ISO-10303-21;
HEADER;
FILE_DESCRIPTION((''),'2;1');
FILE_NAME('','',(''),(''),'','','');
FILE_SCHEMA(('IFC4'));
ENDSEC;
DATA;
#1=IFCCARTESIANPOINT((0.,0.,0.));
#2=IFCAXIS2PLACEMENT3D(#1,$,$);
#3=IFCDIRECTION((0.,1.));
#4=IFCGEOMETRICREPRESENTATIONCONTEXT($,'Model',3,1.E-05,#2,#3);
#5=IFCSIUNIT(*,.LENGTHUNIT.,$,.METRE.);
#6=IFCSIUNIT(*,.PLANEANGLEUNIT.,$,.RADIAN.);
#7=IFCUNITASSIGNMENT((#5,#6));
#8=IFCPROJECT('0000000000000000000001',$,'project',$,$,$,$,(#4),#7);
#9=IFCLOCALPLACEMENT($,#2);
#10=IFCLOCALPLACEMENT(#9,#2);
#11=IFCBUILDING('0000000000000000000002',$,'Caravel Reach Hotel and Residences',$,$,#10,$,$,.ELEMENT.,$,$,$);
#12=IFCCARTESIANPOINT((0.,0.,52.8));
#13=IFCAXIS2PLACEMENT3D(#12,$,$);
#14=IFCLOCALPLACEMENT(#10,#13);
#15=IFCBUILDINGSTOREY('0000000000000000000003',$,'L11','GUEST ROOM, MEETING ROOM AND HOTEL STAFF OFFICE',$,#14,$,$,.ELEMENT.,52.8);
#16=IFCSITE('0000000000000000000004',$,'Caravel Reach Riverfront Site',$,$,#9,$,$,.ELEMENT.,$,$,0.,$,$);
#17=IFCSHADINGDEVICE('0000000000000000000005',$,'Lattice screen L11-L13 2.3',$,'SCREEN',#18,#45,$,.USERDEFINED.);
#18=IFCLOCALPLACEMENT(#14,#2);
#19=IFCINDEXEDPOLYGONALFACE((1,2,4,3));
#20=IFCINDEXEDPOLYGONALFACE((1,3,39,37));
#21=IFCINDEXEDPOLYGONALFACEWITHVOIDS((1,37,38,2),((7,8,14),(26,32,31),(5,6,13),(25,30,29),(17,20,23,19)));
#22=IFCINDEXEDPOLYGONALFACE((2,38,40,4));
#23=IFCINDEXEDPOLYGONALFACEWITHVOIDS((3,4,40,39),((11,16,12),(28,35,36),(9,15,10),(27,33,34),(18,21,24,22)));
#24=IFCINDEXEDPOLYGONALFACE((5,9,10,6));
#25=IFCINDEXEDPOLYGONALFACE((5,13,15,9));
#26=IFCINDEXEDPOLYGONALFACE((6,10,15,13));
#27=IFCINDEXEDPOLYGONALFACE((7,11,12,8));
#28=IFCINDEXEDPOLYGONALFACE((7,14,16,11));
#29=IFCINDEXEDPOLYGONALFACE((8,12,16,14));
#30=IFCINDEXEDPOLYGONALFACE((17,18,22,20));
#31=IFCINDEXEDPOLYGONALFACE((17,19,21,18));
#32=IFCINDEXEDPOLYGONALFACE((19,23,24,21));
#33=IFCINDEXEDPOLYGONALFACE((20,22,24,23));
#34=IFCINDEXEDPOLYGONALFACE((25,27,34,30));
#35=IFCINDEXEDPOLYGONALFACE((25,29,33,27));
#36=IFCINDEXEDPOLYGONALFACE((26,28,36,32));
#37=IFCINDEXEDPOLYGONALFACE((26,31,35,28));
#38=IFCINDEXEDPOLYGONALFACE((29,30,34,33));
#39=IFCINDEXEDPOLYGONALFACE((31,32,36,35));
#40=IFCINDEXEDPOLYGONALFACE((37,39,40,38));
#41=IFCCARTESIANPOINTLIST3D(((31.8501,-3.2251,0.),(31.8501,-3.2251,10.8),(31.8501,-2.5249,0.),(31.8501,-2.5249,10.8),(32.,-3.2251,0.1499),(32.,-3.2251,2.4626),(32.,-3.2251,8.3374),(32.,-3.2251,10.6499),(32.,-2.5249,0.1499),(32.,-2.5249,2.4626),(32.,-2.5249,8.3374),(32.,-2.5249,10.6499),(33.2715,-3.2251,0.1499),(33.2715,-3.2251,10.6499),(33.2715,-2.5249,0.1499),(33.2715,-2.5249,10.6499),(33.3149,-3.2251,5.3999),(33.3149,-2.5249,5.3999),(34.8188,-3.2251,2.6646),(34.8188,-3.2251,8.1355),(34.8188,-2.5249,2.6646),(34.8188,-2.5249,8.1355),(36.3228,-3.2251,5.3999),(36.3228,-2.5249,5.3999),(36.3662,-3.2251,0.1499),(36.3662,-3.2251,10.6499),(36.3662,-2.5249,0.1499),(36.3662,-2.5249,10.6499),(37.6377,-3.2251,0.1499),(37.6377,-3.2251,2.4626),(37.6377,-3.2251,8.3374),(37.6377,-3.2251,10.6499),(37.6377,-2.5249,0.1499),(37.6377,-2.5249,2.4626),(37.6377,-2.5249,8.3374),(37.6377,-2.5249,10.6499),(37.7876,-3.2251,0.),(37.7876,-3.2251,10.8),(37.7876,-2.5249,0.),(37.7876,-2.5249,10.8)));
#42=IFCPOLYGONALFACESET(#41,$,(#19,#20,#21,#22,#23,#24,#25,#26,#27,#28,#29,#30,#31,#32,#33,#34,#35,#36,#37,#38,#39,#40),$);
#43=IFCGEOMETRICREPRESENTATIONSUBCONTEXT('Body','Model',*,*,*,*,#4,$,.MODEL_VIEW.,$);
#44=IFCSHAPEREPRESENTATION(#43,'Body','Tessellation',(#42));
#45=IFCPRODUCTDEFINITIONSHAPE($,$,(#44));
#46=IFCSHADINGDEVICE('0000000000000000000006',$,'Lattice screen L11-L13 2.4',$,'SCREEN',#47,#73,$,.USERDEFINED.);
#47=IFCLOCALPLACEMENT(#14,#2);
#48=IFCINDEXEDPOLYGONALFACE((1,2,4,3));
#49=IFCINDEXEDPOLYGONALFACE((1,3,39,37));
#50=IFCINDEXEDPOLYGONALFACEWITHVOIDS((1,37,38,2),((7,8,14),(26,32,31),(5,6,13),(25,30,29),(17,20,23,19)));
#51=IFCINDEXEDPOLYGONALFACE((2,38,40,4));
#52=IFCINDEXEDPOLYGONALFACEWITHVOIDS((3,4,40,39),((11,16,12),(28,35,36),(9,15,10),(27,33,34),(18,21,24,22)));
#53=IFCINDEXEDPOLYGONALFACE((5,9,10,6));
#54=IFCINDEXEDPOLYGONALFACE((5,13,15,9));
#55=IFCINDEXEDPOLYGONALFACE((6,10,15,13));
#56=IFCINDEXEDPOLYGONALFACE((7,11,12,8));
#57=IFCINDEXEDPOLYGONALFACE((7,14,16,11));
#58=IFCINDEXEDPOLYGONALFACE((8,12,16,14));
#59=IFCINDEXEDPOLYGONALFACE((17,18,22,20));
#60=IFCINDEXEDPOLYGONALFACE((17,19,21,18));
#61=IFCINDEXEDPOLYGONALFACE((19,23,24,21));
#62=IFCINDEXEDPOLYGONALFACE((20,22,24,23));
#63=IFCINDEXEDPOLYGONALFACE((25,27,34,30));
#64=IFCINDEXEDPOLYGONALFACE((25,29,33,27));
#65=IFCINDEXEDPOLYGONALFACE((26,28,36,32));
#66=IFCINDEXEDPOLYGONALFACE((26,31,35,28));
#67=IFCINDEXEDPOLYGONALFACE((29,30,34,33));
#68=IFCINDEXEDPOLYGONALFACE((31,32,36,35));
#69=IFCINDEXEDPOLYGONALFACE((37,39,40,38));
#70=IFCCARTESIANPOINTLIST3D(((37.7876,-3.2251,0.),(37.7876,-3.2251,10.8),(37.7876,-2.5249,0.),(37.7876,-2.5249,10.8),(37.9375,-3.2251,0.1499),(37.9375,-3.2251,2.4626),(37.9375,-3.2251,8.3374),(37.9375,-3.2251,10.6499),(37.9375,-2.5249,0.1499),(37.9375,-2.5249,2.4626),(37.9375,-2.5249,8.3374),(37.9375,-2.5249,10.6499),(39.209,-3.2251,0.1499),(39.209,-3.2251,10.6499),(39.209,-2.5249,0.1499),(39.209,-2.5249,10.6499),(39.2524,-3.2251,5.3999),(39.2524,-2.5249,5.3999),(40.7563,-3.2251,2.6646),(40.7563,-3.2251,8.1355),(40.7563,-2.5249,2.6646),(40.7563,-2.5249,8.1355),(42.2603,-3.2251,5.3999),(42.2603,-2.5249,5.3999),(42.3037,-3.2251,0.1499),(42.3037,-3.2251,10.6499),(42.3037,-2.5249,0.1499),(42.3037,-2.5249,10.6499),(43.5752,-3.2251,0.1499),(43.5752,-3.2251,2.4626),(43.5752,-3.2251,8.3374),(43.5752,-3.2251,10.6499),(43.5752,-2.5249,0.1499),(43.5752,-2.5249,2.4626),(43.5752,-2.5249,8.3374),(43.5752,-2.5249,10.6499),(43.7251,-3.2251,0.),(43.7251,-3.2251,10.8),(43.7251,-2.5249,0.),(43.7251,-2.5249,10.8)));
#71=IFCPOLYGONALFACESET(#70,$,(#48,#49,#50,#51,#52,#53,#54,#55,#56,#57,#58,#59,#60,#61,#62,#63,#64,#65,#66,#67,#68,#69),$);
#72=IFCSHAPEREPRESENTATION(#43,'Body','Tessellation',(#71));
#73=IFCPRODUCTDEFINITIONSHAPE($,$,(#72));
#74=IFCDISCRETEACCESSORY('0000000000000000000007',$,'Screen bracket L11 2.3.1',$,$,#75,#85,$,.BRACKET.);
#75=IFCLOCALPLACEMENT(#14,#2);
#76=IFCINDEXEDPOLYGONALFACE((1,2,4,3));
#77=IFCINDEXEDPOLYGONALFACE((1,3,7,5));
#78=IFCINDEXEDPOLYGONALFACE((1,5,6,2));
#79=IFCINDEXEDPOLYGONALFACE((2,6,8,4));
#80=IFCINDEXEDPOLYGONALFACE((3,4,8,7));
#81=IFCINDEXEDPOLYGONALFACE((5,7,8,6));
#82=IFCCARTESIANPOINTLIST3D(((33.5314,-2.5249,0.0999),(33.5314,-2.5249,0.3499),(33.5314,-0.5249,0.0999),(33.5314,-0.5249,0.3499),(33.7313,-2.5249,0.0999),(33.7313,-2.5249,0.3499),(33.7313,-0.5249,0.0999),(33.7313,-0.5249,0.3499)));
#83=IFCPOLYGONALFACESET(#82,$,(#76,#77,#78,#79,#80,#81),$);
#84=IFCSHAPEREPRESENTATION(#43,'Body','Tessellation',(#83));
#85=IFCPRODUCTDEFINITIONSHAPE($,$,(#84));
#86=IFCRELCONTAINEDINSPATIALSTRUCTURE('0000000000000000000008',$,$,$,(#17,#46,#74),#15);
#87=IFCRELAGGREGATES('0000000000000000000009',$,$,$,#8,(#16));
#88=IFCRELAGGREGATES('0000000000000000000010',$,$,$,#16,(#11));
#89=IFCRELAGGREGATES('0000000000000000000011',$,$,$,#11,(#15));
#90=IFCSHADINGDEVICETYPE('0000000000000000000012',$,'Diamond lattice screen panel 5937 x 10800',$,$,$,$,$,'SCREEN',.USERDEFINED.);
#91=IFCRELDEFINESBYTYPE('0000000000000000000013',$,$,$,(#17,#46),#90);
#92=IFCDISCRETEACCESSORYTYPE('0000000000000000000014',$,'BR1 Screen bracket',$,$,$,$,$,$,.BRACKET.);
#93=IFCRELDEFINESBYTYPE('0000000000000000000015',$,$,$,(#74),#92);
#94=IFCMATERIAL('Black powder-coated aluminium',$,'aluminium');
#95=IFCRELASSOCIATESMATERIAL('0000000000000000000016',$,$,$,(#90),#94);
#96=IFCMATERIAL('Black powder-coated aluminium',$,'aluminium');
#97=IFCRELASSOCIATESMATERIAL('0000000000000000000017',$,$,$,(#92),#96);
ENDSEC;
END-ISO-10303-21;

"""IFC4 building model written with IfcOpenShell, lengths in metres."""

from ifc_helpers import new_model, si_unit, direction, frame, origin, origin_2d, place, context, subcontext, project, spatial, polyline, rectangle, outline, extrude, material, type_object, element, save


model = new_model("IFC4")

# Units and contexts
model_context = context("Model", 3, precision=1e-05, world=origin(), true_north=direction((0.0, 1.0)))
body_context = subcontext(model_context, "Body", "Model", "MODEL_VIEW")
ifc_project = project(units=[si_unit("LENGTHUNIT", "METRE"), si_unit("PLANEANGLEUNIT", "RADIAN")], contexts=[model_context])

# Site, building, storey
site_placement = place(None, origin())
site = spatial("IfcSite", under=ifc_project, at=site_placement, Name="Caravel Reach Riverfront Site", CompositionType="ELEMENT", RefElevation=0.0)
building_placement = place(site_placement, origin())
building = spatial("IfcBuilding", under=site, at=building_placement, Name="Caravel Reach Hotel and Residences", CompositionType="ELEMENT")
storey_placement = place(building_placement, frame((0.0, 0.0, 52.8)))
storey = spatial("IfcBuildingStorey", under=building, at=storey_placement, Name="L11", Description="GUEST ROOM, MEETING ROOM AND HOTEL STAFF OFFICE", CompositionType="ELEMENT", Elevation=52.8)

# Shading devices
ifc_material_1 = material(Name="Black powder-coated aluminium", Category="aluminium")
shading_device_type = type_object("IfcShadingDeviceType", Name="Diamond lattice screen panel 5937 x 10800", ElementType="SCREEN", PredefinedType="USERDEFINED", material=ifc_material_1)
for number, where, z_axis, x_axis, name in (
    (1, (31.8501, -2.5249, 0.0), (0.0, -1.0, 0.0), (1.0, 0.0, 0.0), "Lattice screen L11-L13 2.3"),
    (2, (37.7876, -2.5249, 0.0), (0.0, -1.0, 0.0), (1.0, 0.0, 0.0), "Lattice screen L11-L13 2.4"),
):
    element("IfcShadingDevice", number, at=place(storey_placement, frame(where, z_axis=z_axis, x_axis=x_axis)), inside=storey, type_object=shading_device_type, Name=name, ObjectType="SCREEN", PredefinedType="USERDEFINED", context=body_context, shape_type="SweptSolid", body=[
        extrude(outline(polyline([(0.0, 0.0), (5.9375, 0.0), (5.9375, 10.8), (0.0, 10.8), (0.0, 0.0)]), holes=[polyline([(1.4214, 0.1499), (0.1499, 2.4626), (0.1499, 0.1499), (1.4214, 0.1499)]), polyline([(0.1499, 8.3374), (1.4214, 10.6499), (0.1499, 10.6499), (0.1499, 8.3374)]), polyline([(2.9688, 8.1355), (1.4648, 5.3999), (2.9688, 2.6646), (4.4727, 5.3999), (2.9688, 8.1355)]), polyline([(5.7876, 2.4626), (4.5161, 0.1499), (5.7876, 0.1499), (5.7876, 2.4626)]), polyline([(4.5161, 10.6499), (5.7876, 8.3374), (5.7876, 10.6499), (4.5161, 10.6499)])]), origin(), (0.0, 0.0, 1.0), 0.7002),
    ])

# Discrete accessory
ifc_material_2 = material(Name="Black powder-coated aluminium", Category="aluminium")
discrete_accessory_type = type_object("IfcDiscreteAccessoryType", Name="BR1 Screen bracket", PredefinedType="BRACKET", material=ifc_material_2)
discrete_accessory_placement = place(storey_placement, frame((33.6313, -1.5249, 0.0999), z_axis=(0.0, 0.0, 1.0), x_axis=(0.0, -1.0, 0.0)))
element("IfcDiscreteAccessory", 3, at=discrete_accessory_placement, inside=storey, type_object=discrete_accessory_type, Name="Screen bracket L11 2.3.1", PredefinedType="BRACKET", context=body_context, shape_type="SweptSolid", body=[
    extrude(rectangle(XDim=2.0, YDim=0.2, at=origin_2d()), origin(), (0.0, 0.0, 1.0), 0.25),
])

save(model, "model.ifc")
